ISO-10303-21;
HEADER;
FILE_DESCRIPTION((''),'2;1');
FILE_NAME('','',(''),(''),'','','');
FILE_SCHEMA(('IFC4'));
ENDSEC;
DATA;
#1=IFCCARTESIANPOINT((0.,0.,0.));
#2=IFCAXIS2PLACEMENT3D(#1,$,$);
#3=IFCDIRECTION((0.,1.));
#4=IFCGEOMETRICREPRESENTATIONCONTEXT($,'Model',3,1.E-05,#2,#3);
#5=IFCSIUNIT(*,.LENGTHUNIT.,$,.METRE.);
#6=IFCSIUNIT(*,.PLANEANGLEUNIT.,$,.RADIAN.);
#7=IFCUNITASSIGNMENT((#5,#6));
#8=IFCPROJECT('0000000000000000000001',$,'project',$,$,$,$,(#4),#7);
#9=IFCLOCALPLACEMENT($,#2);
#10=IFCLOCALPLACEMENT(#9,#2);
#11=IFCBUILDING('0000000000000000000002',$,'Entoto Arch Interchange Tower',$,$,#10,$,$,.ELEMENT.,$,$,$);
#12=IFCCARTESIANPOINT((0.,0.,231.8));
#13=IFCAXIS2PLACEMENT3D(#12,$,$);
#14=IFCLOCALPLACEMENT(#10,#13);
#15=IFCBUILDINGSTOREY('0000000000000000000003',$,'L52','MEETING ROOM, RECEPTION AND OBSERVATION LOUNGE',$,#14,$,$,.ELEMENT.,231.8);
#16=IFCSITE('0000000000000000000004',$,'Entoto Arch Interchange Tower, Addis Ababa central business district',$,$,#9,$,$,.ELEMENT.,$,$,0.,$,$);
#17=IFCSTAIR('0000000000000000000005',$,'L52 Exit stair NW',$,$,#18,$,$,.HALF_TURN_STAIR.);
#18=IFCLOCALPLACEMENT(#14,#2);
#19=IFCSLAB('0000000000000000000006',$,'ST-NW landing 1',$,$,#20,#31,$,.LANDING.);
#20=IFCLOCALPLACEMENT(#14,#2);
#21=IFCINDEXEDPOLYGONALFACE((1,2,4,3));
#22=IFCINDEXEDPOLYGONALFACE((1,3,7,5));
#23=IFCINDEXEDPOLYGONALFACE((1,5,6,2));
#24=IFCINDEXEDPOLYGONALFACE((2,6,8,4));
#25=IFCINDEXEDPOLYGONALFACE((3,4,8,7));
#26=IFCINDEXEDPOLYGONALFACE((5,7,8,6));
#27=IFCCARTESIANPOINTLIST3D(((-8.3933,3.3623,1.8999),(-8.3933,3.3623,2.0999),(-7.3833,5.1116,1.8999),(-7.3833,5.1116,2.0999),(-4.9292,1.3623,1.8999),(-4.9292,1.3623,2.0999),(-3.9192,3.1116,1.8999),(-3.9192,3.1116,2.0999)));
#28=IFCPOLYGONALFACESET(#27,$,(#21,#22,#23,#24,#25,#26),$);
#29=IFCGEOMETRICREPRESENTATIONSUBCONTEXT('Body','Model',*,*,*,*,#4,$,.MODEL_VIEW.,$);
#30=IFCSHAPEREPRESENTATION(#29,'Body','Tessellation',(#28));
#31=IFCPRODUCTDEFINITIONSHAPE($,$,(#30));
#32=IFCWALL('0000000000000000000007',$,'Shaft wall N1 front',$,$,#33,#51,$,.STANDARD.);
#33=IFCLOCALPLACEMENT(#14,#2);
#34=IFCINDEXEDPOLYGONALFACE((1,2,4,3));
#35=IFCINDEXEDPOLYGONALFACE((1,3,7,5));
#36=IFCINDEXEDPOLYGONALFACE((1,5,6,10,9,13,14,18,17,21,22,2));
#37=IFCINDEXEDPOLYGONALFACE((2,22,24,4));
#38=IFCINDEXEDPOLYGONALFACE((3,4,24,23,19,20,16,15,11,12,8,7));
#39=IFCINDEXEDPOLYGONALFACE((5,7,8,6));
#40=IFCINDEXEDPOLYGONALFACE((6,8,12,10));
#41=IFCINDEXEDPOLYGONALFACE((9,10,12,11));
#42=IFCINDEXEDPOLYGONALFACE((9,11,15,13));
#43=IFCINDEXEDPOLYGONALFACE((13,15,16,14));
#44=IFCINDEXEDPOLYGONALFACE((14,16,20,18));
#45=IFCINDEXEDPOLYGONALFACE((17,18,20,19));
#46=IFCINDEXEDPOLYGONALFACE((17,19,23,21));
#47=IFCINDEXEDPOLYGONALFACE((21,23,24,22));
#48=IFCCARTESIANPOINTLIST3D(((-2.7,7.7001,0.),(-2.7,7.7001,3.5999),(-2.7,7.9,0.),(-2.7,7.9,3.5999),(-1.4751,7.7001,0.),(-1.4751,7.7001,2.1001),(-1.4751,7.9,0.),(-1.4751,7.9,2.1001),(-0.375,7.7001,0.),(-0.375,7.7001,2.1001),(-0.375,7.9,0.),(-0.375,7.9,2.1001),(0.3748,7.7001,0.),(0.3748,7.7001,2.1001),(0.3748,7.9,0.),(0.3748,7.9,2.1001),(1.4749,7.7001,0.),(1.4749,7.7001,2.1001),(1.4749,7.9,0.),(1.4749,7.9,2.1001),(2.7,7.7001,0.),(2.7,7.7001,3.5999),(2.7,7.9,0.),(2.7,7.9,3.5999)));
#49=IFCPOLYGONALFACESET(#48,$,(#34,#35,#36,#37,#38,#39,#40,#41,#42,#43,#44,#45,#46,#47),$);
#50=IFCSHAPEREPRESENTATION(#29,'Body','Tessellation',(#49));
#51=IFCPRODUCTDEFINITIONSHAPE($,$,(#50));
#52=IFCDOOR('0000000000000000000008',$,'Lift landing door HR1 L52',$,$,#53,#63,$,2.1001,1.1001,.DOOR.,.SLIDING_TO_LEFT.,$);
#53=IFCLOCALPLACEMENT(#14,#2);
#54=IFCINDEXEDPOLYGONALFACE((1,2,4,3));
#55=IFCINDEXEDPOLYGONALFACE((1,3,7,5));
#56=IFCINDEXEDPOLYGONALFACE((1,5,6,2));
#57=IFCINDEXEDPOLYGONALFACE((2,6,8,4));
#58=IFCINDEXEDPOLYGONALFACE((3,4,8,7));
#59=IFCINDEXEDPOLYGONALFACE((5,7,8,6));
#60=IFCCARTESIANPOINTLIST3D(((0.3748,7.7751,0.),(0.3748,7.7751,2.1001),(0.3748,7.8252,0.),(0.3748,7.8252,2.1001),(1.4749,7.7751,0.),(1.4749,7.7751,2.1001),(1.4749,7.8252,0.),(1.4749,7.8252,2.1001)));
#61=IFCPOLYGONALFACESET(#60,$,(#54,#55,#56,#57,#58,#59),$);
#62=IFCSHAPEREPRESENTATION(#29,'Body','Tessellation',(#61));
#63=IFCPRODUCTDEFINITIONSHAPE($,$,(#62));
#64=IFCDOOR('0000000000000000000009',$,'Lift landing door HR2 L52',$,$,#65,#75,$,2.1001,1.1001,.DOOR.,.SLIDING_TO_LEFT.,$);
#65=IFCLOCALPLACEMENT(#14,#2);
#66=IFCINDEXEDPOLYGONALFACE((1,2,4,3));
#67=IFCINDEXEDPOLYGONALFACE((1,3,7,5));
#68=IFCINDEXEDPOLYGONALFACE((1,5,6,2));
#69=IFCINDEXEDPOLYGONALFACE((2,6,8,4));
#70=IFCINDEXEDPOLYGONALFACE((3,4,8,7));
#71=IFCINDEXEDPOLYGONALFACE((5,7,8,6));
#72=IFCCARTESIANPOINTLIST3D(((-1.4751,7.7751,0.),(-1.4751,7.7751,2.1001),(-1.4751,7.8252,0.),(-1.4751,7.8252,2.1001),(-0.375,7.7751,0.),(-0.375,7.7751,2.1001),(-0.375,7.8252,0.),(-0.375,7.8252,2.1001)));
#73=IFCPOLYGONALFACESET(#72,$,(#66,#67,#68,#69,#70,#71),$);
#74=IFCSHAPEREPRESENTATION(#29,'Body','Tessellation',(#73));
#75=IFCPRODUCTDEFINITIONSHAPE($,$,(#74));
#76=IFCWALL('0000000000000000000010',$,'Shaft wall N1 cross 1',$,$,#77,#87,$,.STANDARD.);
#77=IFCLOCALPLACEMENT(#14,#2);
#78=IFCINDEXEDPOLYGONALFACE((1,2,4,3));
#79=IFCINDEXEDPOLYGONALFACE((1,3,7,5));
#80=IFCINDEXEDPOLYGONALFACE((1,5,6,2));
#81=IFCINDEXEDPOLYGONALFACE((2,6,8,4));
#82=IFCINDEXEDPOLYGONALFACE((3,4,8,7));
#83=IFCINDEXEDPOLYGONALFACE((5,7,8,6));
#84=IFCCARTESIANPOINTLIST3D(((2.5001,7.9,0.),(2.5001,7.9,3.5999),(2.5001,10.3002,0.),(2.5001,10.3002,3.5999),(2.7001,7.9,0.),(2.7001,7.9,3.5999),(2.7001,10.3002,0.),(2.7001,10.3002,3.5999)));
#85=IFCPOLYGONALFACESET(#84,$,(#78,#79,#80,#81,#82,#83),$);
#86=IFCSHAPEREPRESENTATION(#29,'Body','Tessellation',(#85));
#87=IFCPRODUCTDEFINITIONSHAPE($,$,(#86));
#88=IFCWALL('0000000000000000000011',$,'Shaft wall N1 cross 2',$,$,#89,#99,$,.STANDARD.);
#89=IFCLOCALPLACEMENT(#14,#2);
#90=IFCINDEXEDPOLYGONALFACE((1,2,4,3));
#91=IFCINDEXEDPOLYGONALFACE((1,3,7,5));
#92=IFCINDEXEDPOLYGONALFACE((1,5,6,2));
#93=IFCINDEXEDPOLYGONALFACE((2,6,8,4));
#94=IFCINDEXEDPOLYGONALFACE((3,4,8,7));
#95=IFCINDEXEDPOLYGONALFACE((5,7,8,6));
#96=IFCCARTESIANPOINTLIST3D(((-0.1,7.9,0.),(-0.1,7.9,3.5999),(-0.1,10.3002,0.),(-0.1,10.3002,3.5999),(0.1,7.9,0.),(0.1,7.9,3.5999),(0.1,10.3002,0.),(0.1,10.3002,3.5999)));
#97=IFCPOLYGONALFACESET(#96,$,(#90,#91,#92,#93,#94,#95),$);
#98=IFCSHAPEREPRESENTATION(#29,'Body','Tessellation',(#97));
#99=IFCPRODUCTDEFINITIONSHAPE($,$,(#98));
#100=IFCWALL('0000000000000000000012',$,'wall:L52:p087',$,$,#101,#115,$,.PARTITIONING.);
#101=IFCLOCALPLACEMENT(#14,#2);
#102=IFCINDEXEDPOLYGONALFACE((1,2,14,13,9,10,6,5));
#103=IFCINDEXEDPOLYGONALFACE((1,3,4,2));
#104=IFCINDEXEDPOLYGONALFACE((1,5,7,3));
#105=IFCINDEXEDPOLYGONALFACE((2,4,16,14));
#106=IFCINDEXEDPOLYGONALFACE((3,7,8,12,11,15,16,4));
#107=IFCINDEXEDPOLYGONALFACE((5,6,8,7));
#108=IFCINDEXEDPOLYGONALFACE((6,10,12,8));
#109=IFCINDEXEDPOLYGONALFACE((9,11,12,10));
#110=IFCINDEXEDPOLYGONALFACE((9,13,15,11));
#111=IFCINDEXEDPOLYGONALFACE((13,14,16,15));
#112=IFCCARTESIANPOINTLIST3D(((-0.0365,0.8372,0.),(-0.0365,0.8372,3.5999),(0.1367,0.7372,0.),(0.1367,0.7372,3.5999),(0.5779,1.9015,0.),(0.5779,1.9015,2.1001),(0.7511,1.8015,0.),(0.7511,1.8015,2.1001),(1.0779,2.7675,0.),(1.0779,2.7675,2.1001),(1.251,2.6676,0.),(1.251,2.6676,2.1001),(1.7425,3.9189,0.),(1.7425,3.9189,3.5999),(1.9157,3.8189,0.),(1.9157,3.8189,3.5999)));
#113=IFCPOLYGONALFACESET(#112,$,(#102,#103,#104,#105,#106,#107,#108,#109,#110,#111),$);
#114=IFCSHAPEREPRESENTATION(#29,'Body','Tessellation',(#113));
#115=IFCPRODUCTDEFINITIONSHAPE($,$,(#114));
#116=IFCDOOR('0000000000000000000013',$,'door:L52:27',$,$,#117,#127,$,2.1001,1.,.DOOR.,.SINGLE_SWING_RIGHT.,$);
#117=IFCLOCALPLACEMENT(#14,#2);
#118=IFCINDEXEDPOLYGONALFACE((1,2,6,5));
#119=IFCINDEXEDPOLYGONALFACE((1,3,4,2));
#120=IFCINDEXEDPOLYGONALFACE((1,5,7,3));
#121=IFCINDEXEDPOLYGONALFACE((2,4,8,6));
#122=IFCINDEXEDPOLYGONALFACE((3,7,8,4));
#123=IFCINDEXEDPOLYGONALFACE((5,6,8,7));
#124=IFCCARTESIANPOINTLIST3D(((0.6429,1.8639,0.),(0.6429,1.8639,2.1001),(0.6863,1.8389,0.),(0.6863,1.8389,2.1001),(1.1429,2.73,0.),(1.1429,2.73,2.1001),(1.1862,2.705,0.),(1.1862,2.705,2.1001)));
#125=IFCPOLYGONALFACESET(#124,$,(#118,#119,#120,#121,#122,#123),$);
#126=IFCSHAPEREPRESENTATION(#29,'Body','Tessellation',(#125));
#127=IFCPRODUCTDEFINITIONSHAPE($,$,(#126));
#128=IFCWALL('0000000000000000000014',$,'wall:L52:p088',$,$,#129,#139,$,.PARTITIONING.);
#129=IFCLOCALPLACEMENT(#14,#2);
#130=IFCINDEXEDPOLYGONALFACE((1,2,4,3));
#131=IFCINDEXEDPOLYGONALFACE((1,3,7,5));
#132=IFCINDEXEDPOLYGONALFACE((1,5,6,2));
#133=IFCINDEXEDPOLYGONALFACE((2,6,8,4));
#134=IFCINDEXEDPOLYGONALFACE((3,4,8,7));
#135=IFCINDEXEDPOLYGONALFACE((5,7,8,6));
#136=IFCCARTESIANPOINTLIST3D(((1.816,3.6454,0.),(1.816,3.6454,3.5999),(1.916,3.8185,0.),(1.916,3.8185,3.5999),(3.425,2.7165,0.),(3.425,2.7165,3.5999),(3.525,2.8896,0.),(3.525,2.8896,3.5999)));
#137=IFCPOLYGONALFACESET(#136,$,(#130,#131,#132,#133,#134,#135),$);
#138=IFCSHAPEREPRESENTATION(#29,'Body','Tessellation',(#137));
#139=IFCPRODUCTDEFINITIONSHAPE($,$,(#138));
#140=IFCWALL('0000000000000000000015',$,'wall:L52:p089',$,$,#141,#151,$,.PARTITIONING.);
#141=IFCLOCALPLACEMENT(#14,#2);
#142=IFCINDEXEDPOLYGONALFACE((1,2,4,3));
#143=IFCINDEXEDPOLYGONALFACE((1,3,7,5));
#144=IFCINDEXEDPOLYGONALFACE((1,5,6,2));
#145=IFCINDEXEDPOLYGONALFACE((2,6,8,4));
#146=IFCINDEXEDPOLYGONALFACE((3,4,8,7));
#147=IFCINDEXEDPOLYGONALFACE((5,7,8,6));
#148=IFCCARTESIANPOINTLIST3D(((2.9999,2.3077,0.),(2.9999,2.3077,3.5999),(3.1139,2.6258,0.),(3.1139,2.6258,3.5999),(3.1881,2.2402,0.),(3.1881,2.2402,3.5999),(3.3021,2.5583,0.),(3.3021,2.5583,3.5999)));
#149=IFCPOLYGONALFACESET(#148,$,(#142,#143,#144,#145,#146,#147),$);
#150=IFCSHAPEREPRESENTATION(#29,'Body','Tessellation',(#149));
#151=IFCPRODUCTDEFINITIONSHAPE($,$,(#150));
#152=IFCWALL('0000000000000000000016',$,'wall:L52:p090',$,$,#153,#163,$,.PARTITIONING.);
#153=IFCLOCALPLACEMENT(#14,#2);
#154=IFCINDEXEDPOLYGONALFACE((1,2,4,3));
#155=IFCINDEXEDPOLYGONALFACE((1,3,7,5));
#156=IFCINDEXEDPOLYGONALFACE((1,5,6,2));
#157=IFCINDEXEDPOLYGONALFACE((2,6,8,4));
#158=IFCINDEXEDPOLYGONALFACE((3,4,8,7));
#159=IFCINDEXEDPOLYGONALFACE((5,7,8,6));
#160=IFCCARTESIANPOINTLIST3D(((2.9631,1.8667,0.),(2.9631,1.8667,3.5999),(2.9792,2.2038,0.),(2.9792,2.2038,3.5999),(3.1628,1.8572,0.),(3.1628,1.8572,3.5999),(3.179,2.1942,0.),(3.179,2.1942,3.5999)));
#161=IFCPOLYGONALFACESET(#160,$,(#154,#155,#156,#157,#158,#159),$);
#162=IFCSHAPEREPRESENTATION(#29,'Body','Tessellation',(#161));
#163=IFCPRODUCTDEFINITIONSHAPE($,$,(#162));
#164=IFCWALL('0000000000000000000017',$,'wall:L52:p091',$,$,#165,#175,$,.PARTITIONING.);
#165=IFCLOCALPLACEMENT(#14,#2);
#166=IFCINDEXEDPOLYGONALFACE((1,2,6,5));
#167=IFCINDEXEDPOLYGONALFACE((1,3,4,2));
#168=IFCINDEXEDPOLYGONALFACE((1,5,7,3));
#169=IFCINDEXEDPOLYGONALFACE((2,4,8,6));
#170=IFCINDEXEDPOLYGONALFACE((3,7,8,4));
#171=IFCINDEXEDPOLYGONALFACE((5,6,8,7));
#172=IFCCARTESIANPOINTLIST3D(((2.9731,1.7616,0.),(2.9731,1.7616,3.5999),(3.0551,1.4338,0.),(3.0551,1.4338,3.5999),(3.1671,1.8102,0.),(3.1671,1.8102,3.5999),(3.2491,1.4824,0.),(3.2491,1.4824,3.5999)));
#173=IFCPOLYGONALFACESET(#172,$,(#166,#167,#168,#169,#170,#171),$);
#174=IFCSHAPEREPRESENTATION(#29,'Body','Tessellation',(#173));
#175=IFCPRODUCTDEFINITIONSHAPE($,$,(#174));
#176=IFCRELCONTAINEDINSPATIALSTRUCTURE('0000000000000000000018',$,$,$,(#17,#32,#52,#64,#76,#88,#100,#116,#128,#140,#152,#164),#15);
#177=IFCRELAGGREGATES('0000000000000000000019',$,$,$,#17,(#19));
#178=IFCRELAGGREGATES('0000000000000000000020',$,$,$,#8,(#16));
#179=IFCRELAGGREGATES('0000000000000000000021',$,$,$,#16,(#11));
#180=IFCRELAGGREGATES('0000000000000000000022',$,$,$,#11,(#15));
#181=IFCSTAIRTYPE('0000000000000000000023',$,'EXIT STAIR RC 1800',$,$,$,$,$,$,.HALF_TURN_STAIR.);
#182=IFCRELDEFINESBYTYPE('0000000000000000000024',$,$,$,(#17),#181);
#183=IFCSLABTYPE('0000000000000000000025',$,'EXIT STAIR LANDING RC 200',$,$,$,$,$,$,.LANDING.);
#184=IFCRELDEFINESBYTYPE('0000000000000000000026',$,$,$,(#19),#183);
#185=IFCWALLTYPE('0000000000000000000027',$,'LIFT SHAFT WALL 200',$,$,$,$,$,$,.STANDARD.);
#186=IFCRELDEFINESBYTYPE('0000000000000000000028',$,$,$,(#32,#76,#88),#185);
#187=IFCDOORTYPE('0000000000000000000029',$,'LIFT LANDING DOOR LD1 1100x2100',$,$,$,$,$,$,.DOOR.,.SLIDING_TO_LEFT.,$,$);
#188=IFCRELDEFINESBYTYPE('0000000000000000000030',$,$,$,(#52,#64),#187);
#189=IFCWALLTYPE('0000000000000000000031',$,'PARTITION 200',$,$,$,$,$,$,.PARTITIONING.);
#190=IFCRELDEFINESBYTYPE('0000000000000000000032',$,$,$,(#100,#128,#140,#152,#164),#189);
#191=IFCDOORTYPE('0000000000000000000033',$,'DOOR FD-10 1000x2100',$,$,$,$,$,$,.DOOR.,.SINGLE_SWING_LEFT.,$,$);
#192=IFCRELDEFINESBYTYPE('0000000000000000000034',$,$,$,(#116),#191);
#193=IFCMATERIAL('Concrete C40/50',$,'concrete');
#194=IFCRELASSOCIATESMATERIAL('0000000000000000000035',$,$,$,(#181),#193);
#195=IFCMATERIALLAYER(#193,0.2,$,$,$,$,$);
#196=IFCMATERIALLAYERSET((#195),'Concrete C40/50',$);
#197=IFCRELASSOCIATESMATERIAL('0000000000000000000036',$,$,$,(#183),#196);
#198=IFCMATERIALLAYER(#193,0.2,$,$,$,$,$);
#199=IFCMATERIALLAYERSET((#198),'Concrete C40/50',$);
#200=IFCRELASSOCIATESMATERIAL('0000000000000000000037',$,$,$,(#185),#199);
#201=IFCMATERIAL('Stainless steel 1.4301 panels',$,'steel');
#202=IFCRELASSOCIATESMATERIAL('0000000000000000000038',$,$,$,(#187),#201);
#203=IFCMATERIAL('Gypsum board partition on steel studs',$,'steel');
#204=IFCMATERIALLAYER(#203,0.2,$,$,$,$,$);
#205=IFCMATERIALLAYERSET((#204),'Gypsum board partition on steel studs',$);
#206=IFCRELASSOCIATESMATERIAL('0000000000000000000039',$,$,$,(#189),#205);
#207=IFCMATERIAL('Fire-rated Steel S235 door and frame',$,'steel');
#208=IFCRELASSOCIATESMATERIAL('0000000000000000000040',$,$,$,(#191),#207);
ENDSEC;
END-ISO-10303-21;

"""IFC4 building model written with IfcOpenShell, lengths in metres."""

from ifc_helpers import new_model, si_unit, direction, frame, frame_2d, origin, place, context, subcontext, project, spatial, polyline, rectangle, outline, extrude, material, layer, layer_set, type_object, element, fill, aggregate, save


model = new_model("IFC4")

# Units and contexts
model_context = context("Model", 3, precision=1e-05, world=origin(), true_north=direction((0.0, 1.0)))
body_context = subcontext(model_context, "Body", "Model", "MODEL_VIEW")
ifc_project = project(units=[si_unit("LENGTHUNIT", "METRE"), si_unit("PLANEANGLEUNIT", "RADIAN")], contexts=[model_context])

# Site, building, storey
site_placement = place(None, origin())
site = spatial("IfcSite", under=ifc_project, at=site_placement, Name="Entoto Arch Interchange Tower, Addis Ababa central business district", CompositionType="ELEMENT", RefElevation=0.0)
building_placement = place(site_placement, origin())
building = spatial("IfcBuilding", under=site, at=building_placement, Name="Entoto Arch Interchange Tower", CompositionType="ELEMENT")
storey_placement = place(building_placement, frame((0.0, 0.0, 231.8)))
storey = spatial("IfcBuildingStorey", under=building, at=storey_placement, Name="L52", Description="MEETING ROOM, RECEPTION AND OBSERVATION LOUNGE", CompositionType="ELEMENT", Elevation=231.8)

# Stair, slab
ifc_material_1 = material(Name="Concrete C40/50", Category="concrete")
stair_type = type_object("IfcStairType", Name="EXIT STAIR RC 1800", PredefinedType="HALF_TURN_STAIR", material=ifc_material_1)
stair_1_placement = place(storey_placement, origin())
stair_1 = element("IfcStair", 1, at=stair_1_placement, inside=storey, type_object=stair_type, Name="L52 Exit stair NW", PredefinedType="HALF_TURN_STAIR")
ifc_layer_1 = layer(ifc_material_1, 0.2)
ifc_layer_set_1 = layer_set([ifc_layer_1], Name="Concrete C40/50")
slab_type = type_object("IfcSlabType", Name="EXIT STAIR LANDING RC 200", PredefinedType="LANDING", material=ifc_layer_set_1)
slab_placement = place(storey_placement, frame((0.0, 0.0, 1.8999)))
slab = element("IfcSlab", 2, at=slab_placement, type_object=slab_type, Name="ST-NW landing 1", PredefinedType="LANDING", context=body_context, shape_type="SweptSolid", body=[
    extrude(outline(polyline([(-7.3833, 5.1116), (-8.3933, 3.3623), (-4.9292, 1.3623), (-3.9192, 3.1116), (-7.3833, 5.1116)])), origin(), (0.0, 0.0, 1.0), 0.2),
])
aggregate(stair_1, [slab])

# Wall, openings, doors
ifc_layer_2 = layer(ifc_material_1, 0.2)
ifc_layer_set_2 = layer_set([ifc_layer_2], Name="Concrete C40/50")
wall_type_1 = type_object("IfcWallType", Name="LIFT SHAFT WALL 200", PredefinedType="STANDARD", material=ifc_layer_set_2)
wall_1_placement = place(storey_placement, frame((2.7, 7.8, 0.0), z_axis=(0.0, 0.0, 1.0), x_axis=(-1.0, 0.0, 0.0)))
wall_1 = element("IfcWall", 3, at=wall_1_placement, inside=storey, type_object=wall_type_1, Name="Shaft wall N1 front", PredefinedType="STANDARD", context=body_context, shape_type="SweptSolid", body=[
    extrude(rectangle(XDim=5.3999, YDim=0.2, at=frame_2d((2.7, 0.0))), origin(), (0.0, 0.0, 1.0), 3.5999),
])
opening_1_placement = place(wall_1_placement, frame((1.2251, 0.0, 0.0)))
opening_1 = element("IfcOpeningElement", 4, at=opening_1_placement, cuts=wall_1, PredefinedType="OPENING", context=body_context, shape_type="SweptSolid", body=[
    extrude(rectangle(XDim=1.1001, YDim=2.1001, at=frame_2d((0.55, 1.05))), frame((0.0, 0.1099, 0.0), z_axis=(0.0, -1.0, 0.0), x_axis=(1.0, 0.0, 0.0)), (0.0, 0.0, 1.0), 0.22),
])
opening_2_placement = place(wall_1_placement, frame((3.075, 0.0, 0.0)))
opening_2 = element("IfcOpeningElement", 5, at=opening_2_placement, cuts=wall_1, PredefinedType="OPENING", context=body_context, shape_type="SweptSolid", body=[
    extrude(rectangle(XDim=1.1001, YDim=2.1001, at=frame_2d((0.55, 1.05))), frame((0.0, 0.1099, 0.0), z_axis=(0.0, -1.0, 0.0), x_axis=(1.0, 0.0, 0.0)), (0.0, 0.0, 1.0), 0.22),
])
ifc_material_2 = material(Name="Stainless steel 1.4301 panels", Category="steel")
door_type_1 = type_object("IfcDoorType", Name="LIFT LANDING DOOR LD1 1100x2100", OperationType="SLIDING_TO_LEFT", PredefinedType="DOOR", material=ifc_material_2)
door_1_placement = place(opening_1_placement, origin())
door_1 = element("IfcDoor", 6, at=door_1_placement, inside=storey, type_object=door_type_1, Name="Lift landing door HR1 L52", OperationType="SLIDING_TO_LEFT", OverallHeight=2.1001, OverallWidth=1.1001, PredefinedType="DOOR", context=body_context, shape_type="SweptSolid", body=[
    extrude(rectangle(XDim=1.1001, YDim=2.1001, at=frame_2d((0.55, 1.05))), frame((0.0, 0.0249, 0.0), z_axis=(0.0, -1.0, 0.0), x_axis=(1.0, 0.0, 0.0)), (0.0, 0.0, 1.0), 0.05),
])
fill(opening_1, door_1)
door_2_placement = place(opening_2_placement, origin())
door_2 = element("IfcDoor", 7, at=door_2_placement, inside=storey, type_object=door_type_1, Name="Lift landing door HR2 L52", OperationType="SLIDING_TO_LEFT", OverallHeight=2.1001, OverallWidth=1.1001, PredefinedType="DOOR", context=body_context, shape_type="SweptSolid", body=[
    extrude(rectangle(XDim=1.1001, YDim=2.1001, at=frame_2d((0.55, 1.05))), frame((0.0, 0.0249, 0.0), z_axis=(0.0, -1.0, 0.0), x_axis=(1.0, 0.0, 0.0)), (0.0, 0.0, 1.0), 0.05),
])
fill(opening_2, door_2)

# Walls
for number, where, z_axis, x_axis, name in (
    (8, (2.6001, 7.8999, 0.0), (0.0, 0.0, 1.0), (0.0, 1.0, 0.0), "Shaft wall N1 cross 1"),
    (9, (0.0, 7.8999, 0.0), (0.0, 0.0, 1.0), (0.0, 1.0, 0.0), "Shaft wall N1 cross 2"),
):
    element("IfcWall", number, at=place(storey_placement, frame(where, z_axis=z_axis, x_axis=x_axis)), inside=storey, type_object=wall_type_1, Name=name, PredefinedType="STANDARD", context=body_context, shape_type="SweptSolid", body=[
        extrude(rectangle(XDim=2.4001, YDim=0.2, at=frame_2d((1.2002, 0.0))), origin(), (0.0, 0.0, 1.0), 3.5999),
    ])

# Wall, opening, door
ifc_material_3 = material(Name="Gypsum board partition on steel studs", Category="steel")
ifc_layer_3 = layer(ifc_material_3, 0.2)
ifc_layer_set_3 = layer_set([ifc_layer_3], Name="Gypsum board partition on steel studs")
wall_type_2 = type_object("IfcWallType", Name="PARTITION 200", PredefinedType="PARTITIONING", material=ifc_layer_set_3)
wall_2_placement = place(storey_placement, frame((0.05, 0.7871, 0.0), z_axis=(0.0, 0.0, 1.0), x_axis=(0.499954, 0.866052, 0.0)))
wall_2 = element("IfcWall", 10, at=wall_2_placement, inside=storey, type_object=wall_type_2, Name="wall:L52:p087", PredefinedType="PARTITIONING", context=body_context, shape_type="SweptSolid", body=[
    extrude(rectangle(XDim=3.5583, YDim=0.2, at=frame_2d((1.7793, 0.0))), origin(), (0.0, 0.0, 1.0), 3.5999),
])
opening_3_placement = place(wall_2_placement, frame((1.229, 0.0, 0.0)))
opening_3 = element("IfcOpeningElement", 11, at=opening_3_placement, cuts=wall_2, PredefinedType="OPENING", context=body_context, shape_type="SweptSolid", body=[
    extrude(rectangle(XDim=1.0, YDim=2.1001, at=frame_2d((0.5, 1.05))), frame((0.0, 0.1099, 0.0), z_axis=(0.0, -1.0, 0.0), x_axis=(1.0, 0.0, 0.0)), (0.0, 0.0, 1.0), 0.22),
])
ifc_material_4 = material(Name="Fire-rated Steel S235 door and frame", Category="steel")
door_type_2 = type_object("IfcDoorType", Name="DOOR FD-10 1000x2100", OperationType="SINGLE_SWING_LEFT", PredefinedType="DOOR", material=ifc_material_4)
door_3_placement = place(opening_3_placement, origin())
door_3 = element("IfcDoor", 12, at=door_3_placement, inside=storey, type_object=door_type_2, Name="door:L52:27", OperationType="SINGLE_SWING_RIGHT", OverallHeight=2.1001, OverallWidth=1.0, PredefinedType="DOOR", context=body_context, shape_type="SweptSolid", body=[
    extrude(rectangle(XDim=1.0, YDim=2.1001, at=frame_2d((0.5, 1.05))), frame((0.0, 0.0249, 0.0), z_axis=(0.0, -1.0, 0.0), x_axis=(1.0, 0.0, 0.0)), (0.0, 0.0, 1.0), 0.05),
])
fill(opening_3, door_3)

# Walls
wall_3_placement = place(storey_placement, frame((1.866, 3.7319, 0.0), z_axis=(0.0, 0.0, 1.0), x_axis=(0.866043, -0.499969, 0.0)))
element("IfcWall", 13, at=wall_3_placement, inside=storey, type_object=wall_type_2, Name="wall:L52:p088", PredefinedType="PARTITIONING", context=body_context, shape_type="SweptSolid", body=[
    extrude(rectangle(XDim=1.8579, YDim=0.2, at=frame_2d((0.929, 0.0))), origin(), (0.0, 0.0, 1.0), 3.5999),
])
wall_4_placement = place(storey_placement, frame((3.208, 2.592, 0.0), z_axis=(0.0, 0.0, 1.0), x_axis=(-0.337389, -0.941365, 0.0)))
element("IfcWall", 14, at=wall_4_placement, inside=storey, type_object=wall_type_2, Name="wall:L52:p089", PredefinedType="PARTITIONING", context=body_context, shape_type="SweptSolid", body=[
    extrude(rectangle(XDim=0.3379, YDim=0.2, at=frame_2d((0.1689, 0.0))), origin(), (0.0, 0.0, 1.0), 3.5999),
])
wall_5_placement = place(storey_placement, frame((3.0791, 2.199, 0.0), z_axis=(0.0, 0.0, 1.0), x_axis=(-0.047771, -0.998858, 0.0)))
element("IfcWall", 15, at=wall_5_placement, inside=storey, type_object=wall_type_2, Name="wall:L52:p090", PredefinedType="PARTITIONING", context=body_context, shape_type="SweptSolid", body=[
    extrude(rectangle(XDim=0.3374, YDim=0.2, at=frame_2d((0.1687, 0.0))), origin(), (0.0, 0.0, 1.0), 3.5999),
])
wall_6_placement = place(storey_placement, frame((3.0701, 1.7859, 0.0), z_axis=(0.0, 0.0, 1.0), x_axis=(0.242706, -0.9701, 0.0)))
element("IfcWall", 16, at=wall_6_placement, inside=storey, type_object=wall_type_2, Name="wall:L52:p091", PredefinedType="PARTITIONING", context=body_context, shape_type="SweptSolid", body=[
    extrude(rectangle(XDim=0.3379, YDim=0.2, at=frame_2d((0.1689, 0.0))), origin(), (0.0, 0.0, 1.0), 3.5999),
])

save(model, "model.ifc")
